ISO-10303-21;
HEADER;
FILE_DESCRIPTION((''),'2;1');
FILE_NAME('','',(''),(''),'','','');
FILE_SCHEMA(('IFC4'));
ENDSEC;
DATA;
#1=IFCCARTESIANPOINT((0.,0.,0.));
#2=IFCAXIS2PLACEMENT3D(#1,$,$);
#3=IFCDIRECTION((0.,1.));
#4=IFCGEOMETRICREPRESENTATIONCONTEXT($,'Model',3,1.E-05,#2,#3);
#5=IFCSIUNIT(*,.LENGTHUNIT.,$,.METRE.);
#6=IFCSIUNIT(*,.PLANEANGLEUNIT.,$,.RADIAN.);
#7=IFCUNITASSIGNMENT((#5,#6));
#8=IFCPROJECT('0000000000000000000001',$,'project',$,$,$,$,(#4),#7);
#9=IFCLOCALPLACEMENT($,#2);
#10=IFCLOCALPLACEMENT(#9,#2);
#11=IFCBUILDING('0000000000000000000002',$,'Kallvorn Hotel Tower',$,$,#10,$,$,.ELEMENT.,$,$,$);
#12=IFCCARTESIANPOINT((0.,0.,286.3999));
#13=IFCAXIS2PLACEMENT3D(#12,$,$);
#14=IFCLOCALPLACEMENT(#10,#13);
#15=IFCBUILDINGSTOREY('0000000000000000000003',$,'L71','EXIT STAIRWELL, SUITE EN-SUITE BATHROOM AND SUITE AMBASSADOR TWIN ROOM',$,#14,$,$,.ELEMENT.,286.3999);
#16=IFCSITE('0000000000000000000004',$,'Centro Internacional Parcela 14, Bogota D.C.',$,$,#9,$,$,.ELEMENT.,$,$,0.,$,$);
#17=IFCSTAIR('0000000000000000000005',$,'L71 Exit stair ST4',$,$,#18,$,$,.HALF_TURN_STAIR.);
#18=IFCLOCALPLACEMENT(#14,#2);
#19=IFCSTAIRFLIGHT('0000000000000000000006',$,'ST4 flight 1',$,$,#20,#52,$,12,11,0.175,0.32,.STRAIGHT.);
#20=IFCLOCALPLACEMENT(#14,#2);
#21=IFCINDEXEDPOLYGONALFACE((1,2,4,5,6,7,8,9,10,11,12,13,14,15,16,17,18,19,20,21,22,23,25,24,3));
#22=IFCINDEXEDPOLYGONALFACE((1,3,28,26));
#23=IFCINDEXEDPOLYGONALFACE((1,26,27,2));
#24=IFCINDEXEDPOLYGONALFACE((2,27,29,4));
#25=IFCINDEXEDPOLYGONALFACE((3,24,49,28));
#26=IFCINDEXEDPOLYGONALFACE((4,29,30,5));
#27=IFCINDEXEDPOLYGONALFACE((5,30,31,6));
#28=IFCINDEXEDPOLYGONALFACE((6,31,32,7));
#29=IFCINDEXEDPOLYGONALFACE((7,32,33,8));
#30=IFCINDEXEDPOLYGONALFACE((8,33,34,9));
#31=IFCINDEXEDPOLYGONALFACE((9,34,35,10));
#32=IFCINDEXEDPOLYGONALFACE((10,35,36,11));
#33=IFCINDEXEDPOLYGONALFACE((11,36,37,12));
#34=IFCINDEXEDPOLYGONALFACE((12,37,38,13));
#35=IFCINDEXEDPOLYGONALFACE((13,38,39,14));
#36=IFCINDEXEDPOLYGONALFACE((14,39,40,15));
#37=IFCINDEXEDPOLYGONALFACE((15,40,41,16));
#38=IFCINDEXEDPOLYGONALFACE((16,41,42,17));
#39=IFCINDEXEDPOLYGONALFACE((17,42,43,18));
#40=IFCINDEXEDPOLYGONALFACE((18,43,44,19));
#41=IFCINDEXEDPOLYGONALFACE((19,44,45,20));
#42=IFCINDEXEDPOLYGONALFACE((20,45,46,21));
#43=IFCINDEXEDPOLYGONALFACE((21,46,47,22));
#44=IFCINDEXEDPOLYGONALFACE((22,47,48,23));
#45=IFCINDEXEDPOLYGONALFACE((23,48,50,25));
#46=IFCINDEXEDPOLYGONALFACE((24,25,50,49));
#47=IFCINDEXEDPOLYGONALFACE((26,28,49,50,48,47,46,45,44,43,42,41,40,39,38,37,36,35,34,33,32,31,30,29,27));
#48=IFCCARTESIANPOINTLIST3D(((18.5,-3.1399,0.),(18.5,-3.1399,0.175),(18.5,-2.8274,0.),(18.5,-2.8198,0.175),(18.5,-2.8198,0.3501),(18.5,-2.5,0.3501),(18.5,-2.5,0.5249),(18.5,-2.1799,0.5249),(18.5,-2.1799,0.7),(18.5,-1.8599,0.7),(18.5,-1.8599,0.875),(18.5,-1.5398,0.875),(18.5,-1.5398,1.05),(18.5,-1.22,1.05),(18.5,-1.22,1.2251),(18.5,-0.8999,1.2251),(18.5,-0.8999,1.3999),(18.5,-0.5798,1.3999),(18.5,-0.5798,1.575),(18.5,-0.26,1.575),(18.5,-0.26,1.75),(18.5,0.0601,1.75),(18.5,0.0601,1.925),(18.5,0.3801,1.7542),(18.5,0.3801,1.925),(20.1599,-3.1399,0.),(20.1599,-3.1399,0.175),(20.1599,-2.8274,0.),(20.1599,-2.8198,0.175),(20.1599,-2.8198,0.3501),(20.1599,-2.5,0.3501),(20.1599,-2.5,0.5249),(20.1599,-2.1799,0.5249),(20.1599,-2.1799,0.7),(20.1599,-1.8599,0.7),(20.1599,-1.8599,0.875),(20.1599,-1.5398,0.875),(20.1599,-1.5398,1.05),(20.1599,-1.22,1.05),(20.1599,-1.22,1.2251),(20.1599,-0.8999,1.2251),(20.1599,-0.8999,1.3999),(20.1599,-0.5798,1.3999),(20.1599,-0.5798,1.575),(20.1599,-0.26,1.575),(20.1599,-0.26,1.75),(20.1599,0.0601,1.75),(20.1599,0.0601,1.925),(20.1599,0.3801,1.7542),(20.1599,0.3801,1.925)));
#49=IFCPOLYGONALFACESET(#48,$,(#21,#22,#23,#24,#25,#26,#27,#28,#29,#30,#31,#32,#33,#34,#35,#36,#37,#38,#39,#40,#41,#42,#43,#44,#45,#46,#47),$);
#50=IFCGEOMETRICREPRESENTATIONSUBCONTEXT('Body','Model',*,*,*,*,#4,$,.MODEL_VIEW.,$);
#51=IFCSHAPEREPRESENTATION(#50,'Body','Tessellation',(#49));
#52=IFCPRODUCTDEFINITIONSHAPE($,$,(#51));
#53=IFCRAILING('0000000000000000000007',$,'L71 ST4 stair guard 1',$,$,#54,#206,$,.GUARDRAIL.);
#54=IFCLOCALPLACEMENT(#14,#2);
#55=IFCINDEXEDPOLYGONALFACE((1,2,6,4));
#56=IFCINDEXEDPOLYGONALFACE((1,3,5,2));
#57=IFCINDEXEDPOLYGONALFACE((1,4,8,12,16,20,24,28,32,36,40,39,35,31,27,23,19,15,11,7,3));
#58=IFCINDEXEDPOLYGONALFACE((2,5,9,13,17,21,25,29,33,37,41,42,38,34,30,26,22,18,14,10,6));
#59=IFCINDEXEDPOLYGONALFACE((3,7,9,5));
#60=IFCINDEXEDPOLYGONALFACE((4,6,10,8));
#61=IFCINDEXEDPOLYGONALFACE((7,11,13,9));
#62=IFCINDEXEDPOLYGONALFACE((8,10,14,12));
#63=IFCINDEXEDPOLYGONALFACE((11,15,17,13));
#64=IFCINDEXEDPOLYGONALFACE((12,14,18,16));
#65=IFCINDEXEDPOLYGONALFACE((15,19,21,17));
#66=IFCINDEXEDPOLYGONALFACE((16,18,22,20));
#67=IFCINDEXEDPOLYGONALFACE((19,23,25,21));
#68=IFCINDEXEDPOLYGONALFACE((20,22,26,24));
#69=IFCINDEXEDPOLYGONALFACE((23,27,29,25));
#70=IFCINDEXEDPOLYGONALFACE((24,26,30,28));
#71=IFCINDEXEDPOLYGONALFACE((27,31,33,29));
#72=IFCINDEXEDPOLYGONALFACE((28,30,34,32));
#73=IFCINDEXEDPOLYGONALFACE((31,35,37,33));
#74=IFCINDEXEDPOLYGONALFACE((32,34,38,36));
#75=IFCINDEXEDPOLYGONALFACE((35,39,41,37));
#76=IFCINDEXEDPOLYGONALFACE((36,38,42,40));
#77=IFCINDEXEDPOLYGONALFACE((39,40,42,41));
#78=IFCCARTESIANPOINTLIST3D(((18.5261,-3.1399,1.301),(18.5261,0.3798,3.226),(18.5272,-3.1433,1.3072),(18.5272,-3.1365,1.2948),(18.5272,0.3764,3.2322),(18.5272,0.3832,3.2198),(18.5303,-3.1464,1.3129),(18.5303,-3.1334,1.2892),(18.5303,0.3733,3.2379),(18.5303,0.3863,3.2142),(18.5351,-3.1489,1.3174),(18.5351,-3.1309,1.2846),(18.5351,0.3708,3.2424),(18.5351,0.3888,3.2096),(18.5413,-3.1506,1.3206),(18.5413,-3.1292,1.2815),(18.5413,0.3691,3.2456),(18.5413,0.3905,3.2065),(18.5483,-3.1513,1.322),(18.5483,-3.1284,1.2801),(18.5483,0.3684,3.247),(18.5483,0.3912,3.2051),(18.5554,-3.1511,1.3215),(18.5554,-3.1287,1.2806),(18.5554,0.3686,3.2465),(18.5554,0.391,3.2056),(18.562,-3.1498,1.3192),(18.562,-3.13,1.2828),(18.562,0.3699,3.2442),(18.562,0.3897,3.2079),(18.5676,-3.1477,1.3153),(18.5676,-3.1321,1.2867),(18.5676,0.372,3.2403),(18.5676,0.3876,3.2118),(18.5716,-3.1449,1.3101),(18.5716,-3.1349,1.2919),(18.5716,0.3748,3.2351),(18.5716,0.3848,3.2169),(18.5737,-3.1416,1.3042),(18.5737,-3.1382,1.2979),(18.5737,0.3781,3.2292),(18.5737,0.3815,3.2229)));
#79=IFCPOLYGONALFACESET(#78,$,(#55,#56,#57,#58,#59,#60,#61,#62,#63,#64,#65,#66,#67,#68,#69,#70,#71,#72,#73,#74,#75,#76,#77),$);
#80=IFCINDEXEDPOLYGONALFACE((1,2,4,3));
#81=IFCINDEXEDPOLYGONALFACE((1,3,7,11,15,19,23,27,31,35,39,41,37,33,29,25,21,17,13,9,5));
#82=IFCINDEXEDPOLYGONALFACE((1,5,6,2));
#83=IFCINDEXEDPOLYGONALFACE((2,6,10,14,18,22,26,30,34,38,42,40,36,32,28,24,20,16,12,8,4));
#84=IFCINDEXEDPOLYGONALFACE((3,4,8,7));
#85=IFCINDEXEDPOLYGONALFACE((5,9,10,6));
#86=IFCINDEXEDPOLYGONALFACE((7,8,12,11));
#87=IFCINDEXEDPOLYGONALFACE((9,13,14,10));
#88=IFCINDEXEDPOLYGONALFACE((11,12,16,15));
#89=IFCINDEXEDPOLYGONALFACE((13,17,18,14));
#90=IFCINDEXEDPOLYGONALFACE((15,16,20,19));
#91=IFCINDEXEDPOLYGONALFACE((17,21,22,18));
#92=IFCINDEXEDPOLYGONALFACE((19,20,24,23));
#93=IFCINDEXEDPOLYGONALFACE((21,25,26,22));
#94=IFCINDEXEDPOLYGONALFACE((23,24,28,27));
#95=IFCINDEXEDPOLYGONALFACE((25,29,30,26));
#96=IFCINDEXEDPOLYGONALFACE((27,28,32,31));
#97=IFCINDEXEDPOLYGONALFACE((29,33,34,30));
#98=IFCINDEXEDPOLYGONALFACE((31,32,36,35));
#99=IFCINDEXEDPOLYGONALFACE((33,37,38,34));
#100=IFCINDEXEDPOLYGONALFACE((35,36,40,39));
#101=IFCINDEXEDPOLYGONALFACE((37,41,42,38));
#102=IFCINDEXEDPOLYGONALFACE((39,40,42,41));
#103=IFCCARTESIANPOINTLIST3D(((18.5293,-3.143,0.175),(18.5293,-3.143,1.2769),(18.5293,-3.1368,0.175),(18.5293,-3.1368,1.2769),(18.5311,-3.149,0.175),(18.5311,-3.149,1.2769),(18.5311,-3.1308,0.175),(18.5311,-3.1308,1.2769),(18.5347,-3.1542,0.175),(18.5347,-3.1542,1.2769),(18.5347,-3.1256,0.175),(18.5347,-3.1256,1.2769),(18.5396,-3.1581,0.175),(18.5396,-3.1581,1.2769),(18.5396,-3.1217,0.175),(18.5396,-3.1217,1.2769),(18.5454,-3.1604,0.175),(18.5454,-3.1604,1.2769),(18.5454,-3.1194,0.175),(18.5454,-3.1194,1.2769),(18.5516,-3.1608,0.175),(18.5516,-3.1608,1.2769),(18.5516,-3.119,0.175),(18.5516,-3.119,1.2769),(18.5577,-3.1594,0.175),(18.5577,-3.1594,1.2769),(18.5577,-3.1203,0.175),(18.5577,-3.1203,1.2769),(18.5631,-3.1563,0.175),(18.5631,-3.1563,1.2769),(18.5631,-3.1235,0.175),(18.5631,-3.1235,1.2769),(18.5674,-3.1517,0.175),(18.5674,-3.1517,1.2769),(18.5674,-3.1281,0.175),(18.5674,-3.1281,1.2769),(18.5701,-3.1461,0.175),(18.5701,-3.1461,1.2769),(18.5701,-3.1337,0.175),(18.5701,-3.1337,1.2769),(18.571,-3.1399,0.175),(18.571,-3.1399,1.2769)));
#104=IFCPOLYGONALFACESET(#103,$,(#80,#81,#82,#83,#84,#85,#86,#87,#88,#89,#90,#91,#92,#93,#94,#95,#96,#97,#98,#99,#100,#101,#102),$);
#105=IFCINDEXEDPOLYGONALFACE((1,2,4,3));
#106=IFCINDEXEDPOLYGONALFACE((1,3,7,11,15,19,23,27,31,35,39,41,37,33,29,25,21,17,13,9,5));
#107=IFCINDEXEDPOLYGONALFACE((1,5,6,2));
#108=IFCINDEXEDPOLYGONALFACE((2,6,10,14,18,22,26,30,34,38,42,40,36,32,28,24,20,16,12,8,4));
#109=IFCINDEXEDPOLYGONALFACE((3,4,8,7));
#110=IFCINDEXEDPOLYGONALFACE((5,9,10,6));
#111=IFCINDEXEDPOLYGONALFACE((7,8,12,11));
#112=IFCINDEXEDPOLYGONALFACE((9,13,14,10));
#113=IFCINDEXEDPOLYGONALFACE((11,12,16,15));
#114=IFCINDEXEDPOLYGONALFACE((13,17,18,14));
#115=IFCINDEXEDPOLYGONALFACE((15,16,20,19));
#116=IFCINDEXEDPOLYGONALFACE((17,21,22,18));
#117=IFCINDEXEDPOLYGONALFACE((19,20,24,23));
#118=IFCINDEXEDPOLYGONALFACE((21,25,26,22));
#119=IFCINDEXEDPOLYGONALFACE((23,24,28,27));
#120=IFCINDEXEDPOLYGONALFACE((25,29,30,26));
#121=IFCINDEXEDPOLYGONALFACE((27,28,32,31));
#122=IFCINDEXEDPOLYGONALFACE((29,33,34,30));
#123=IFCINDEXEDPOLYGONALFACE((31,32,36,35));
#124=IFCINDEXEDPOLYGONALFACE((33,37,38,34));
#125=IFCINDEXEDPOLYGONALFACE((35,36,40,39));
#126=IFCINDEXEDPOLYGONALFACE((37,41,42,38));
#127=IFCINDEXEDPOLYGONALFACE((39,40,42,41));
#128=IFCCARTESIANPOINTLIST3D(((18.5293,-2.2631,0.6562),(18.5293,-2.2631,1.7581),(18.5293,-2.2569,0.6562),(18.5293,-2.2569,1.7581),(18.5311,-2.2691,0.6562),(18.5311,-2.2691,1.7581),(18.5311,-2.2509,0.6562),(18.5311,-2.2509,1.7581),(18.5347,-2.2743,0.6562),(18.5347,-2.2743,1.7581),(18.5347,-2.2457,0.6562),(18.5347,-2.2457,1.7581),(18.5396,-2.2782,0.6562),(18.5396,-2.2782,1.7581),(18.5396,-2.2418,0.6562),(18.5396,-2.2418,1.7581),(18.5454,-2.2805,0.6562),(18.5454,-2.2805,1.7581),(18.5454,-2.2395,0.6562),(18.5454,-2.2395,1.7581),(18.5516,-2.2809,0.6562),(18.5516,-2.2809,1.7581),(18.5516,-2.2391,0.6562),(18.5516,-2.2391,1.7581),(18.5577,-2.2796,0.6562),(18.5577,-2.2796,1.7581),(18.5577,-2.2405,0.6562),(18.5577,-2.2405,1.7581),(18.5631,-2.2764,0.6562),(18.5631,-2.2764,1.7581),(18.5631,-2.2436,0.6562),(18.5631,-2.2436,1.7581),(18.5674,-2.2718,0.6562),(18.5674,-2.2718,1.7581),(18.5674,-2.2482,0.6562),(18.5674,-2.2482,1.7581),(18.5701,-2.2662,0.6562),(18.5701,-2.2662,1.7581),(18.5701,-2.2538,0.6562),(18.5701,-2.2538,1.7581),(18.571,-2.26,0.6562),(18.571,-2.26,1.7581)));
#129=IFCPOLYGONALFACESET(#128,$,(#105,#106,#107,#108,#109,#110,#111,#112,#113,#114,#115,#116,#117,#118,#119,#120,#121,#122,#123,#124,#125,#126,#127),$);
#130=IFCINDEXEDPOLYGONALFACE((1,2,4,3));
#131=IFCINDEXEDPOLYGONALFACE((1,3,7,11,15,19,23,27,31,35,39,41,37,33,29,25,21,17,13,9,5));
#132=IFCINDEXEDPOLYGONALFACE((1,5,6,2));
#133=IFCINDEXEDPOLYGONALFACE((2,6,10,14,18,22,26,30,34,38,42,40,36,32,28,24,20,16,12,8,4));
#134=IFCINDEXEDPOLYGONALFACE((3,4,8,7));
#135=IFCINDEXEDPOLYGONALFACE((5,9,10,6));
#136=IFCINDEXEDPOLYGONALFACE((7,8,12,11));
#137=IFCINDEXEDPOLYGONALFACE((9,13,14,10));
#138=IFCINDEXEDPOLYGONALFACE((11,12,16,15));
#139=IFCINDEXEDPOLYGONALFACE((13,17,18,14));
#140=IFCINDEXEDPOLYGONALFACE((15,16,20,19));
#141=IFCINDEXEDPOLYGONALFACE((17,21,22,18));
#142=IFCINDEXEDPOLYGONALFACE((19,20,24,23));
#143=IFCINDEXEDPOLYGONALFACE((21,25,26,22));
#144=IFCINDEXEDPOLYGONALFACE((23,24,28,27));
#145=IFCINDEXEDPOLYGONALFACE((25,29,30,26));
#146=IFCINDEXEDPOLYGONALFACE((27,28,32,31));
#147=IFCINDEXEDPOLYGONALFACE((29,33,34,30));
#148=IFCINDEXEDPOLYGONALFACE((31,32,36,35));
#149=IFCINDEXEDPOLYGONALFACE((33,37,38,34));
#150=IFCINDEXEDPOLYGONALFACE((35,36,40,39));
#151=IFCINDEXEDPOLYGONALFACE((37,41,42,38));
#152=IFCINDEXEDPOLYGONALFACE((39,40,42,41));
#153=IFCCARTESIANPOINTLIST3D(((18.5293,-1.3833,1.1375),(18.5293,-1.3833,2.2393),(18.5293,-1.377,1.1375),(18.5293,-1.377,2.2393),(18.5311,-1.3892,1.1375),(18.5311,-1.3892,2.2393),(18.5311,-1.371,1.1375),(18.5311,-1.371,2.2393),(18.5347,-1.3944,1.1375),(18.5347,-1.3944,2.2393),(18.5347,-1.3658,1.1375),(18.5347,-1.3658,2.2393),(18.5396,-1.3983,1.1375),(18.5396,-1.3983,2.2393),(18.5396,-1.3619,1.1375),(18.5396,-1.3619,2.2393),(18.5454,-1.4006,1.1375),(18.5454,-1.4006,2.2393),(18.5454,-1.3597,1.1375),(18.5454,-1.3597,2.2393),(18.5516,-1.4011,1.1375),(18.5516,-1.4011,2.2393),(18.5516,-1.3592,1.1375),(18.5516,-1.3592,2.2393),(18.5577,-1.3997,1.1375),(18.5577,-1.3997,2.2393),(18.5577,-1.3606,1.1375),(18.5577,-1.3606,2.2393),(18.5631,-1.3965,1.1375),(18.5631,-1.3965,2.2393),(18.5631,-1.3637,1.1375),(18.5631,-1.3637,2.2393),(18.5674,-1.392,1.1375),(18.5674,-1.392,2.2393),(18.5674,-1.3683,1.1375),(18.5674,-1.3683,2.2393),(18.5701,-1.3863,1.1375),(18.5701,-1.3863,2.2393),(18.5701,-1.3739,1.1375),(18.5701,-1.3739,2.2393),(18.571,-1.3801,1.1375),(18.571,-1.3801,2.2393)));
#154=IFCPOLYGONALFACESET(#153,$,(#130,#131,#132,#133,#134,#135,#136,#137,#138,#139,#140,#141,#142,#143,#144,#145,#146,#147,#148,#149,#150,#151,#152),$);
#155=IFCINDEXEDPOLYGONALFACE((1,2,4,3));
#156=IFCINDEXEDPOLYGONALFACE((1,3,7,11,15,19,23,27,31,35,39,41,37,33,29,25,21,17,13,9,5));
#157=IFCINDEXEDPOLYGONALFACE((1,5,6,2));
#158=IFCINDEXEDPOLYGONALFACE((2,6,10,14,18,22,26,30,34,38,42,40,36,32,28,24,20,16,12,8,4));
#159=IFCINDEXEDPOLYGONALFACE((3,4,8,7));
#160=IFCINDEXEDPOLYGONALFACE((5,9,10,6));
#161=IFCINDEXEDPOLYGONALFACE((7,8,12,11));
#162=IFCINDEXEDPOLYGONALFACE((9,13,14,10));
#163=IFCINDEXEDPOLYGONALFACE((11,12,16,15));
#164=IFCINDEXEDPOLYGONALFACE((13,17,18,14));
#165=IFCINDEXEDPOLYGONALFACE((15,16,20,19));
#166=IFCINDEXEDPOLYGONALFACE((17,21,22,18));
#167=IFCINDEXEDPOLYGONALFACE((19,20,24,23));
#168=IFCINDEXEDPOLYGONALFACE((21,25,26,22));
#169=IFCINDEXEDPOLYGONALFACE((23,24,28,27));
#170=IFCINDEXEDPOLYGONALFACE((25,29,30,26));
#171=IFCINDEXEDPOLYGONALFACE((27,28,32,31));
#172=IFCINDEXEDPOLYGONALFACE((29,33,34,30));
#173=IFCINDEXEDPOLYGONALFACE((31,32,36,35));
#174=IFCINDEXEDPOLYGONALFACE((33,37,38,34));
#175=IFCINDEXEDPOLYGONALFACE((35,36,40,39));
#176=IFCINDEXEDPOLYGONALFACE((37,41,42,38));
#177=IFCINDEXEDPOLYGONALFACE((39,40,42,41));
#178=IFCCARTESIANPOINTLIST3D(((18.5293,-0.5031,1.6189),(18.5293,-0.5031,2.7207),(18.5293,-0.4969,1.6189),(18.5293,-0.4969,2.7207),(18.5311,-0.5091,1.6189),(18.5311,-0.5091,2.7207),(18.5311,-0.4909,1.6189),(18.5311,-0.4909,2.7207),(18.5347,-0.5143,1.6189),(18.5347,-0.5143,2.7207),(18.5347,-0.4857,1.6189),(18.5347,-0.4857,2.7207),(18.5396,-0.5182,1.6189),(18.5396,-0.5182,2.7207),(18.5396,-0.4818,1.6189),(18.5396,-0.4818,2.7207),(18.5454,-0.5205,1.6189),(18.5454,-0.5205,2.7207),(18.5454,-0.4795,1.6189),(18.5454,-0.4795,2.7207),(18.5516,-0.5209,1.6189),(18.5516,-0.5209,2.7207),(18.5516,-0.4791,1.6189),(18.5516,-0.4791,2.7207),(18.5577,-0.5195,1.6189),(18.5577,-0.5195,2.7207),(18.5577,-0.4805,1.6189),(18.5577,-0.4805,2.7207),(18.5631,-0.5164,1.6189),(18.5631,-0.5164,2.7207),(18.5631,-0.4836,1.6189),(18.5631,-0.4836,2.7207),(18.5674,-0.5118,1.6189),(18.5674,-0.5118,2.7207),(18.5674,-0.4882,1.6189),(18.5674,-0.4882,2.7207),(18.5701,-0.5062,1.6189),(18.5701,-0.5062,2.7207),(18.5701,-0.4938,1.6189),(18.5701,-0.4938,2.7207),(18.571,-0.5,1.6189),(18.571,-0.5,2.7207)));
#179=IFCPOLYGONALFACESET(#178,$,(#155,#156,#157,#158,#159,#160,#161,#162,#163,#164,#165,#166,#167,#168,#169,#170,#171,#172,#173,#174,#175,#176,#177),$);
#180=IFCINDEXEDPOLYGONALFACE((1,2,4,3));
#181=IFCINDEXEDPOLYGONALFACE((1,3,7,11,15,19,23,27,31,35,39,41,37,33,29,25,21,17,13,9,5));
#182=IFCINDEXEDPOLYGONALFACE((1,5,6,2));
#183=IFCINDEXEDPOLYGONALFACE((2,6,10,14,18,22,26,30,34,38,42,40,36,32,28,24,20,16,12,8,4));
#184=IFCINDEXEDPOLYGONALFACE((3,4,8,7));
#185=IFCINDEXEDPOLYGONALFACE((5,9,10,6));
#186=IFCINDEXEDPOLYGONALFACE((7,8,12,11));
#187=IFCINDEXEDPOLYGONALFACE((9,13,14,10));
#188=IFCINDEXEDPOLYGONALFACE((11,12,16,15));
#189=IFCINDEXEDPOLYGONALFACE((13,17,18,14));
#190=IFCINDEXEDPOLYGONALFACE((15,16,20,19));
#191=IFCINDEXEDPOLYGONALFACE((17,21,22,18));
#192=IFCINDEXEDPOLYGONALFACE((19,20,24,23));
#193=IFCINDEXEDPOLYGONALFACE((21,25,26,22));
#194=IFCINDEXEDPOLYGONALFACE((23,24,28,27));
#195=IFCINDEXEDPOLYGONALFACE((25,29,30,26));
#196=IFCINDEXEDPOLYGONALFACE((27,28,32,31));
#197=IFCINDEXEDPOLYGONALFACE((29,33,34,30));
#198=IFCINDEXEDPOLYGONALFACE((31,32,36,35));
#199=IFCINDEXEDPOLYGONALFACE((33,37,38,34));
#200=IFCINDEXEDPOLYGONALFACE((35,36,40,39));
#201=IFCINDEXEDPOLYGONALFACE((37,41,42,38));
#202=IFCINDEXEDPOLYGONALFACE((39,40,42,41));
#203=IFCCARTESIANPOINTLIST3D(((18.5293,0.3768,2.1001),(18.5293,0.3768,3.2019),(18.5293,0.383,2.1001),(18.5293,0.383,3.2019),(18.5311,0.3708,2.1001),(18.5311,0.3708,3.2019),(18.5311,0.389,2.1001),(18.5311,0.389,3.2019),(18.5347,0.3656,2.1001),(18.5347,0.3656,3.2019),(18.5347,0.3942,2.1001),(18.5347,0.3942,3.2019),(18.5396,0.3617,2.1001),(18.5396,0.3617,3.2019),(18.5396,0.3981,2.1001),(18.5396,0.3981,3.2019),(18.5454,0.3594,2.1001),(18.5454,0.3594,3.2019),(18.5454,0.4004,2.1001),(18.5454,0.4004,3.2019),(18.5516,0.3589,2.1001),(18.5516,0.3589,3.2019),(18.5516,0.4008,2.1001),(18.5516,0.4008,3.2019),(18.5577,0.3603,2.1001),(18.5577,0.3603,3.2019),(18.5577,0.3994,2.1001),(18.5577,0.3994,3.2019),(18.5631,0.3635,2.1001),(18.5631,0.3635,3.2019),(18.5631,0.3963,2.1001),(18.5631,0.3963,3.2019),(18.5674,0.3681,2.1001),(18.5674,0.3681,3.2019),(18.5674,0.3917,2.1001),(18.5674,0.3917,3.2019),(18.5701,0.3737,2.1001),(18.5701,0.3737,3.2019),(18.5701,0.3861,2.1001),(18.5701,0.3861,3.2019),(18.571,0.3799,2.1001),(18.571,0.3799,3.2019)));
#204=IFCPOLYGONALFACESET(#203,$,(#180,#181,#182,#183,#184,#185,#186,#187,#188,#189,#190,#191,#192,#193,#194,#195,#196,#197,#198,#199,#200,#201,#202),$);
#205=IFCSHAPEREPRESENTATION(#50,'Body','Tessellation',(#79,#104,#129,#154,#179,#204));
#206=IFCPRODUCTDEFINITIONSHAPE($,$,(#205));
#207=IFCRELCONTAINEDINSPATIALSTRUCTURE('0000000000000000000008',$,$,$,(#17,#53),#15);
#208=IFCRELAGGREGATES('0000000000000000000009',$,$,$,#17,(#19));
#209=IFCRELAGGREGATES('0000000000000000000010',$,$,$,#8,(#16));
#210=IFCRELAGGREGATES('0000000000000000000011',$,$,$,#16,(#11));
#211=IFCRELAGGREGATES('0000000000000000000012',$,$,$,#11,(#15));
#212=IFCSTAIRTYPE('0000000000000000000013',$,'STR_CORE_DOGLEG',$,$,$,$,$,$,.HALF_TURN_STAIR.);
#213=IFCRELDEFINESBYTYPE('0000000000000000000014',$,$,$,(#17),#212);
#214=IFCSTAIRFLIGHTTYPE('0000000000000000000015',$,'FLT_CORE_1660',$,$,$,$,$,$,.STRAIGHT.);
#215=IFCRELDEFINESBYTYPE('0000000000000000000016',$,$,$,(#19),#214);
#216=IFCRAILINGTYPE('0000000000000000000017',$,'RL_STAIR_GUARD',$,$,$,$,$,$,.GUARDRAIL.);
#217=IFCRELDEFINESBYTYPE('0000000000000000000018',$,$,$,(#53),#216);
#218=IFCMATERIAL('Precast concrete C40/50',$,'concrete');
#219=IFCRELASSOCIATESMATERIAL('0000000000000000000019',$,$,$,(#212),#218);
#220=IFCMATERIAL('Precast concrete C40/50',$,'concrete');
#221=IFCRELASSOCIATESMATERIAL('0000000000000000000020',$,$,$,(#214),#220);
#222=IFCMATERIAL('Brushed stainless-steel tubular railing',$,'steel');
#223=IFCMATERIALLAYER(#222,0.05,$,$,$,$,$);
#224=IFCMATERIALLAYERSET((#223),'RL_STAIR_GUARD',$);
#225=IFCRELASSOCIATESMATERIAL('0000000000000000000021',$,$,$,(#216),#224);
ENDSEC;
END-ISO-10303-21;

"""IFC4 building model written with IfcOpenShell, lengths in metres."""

from ifc_helpers import new_model, si_unit, direction, frame, origin, origin_2d, place, context, subcontext, project, spatial, polyline, circle, outline, extrude, material, layer, layer_set, type_object, element, aggregate, save


model = new_model("IFC4")

# Units and contexts
model_context = context("Model", 3, precision=1e-05, world=origin(), true_north=direction((0.0, 1.0)))
body_context = subcontext(model_context, "Body", "Model", "MODEL_VIEW")
ifc_project = project(units=[si_unit("LENGTHUNIT", "METRE"), si_unit("PLANEANGLEUNIT", "RADIAN")], contexts=[model_context])

# Site, building, storey
site_placement = place(None, origin())
site = spatial("IfcSite", under=ifc_project, at=site_placement, Name="Centro Internacional Parcela 14, Bogota D.C.", CompositionType="ELEMENT", RefElevation=0.0)
building_placement = place(site_placement, origin())
building = spatial("IfcBuilding", under=site, at=building_placement, Name="Kallvorn Hotel Tower", CompositionType="ELEMENT")
storey_placement = place(building_placement, frame((0.0, 0.0, 286.3999)))
storey = spatial("IfcBuildingStorey", under=building, at=storey_placement, Name="L71", Description="EXIT STAIRWELL, SUITE EN-SUITE BATHROOM AND SUITE AMBASSADOR TWIN ROOM", CompositionType="ELEMENT", Elevation=286.3999)

# Stair, stair flight
ifc_material_1 = material(Name="Precast concrete C40/50", Category="concrete")
stair_type = type_object("IfcStairType", Name="STR_CORE_DOGLEG", PredefinedType="HALF_TURN_STAIR", material=ifc_material_1)
stair_placement = place(storey_placement, origin())
stair = element("IfcStair", 1, at=stair_placement, inside=storey, type_object=stair_type, Name="L71 Exit stair ST4", PredefinedType="HALF_TURN_STAIR")
ifc_material_2 = material(Name="Precast concrete C40/50", Category="concrete")
stair_flight_type = type_object("IfcStairFlightType", Name="FLT_CORE_1660", PredefinedType="STRAIGHT", material=ifc_material_2)
stair_flight_placement = place(storey_placement, frame((19.3301, -3.1399, 0.0), z_axis=(0.0, 0.0, 1.0), x_axis=(0.0, 1.0, 0.0)))
stair_flight = element("IfcStairFlight", 2, at=stair_flight_placement, type_object=stair_flight_type, Name="ST4 flight 1", NumberOfRisers=12, NumberOfTreads=11, PredefinedType="STRAIGHT", RiserHeight=0.175, TreadLength=0.32, context=body_context, shape_type="SweptSolid", body=[
    extrude(outline(polyline([(0.0, 0.0), (0.0, 0.175), (0.3201, 0.175), (0.3201, 0.3501), (0.6399, 0.3501), (0.6399, 0.5249), (0.96, 0.5249), (0.96, 0.7), (1.28, 0.7), (1.28, 0.875), (1.6001, 0.875), (1.6001, 1.05), (1.9199, 1.05), (1.9199, 1.2251), (2.24, 1.2251), (2.24, 1.3999), (2.5601, 1.3999), (2.5601, 1.575), (2.8799, 1.575), (2.8799, 1.75), (3.2, 1.75), (3.2, 1.925), (3.52, 1.925), (3.52, 2.1001), (3.52, 1.7542), (0.3125, 0.0), (0.0, 0.0)])), frame((0.0, 0.8301, 0.0), z_axis=(0.0, -1.0, 0.0), x_axis=(1.0, 0.0, 0.0)), (0.0, 0.0, 1.0), 1.6599),
])
aggregate(stair, [stair_flight])

# Railing
ifc_material_3 = material(Name="Brushed stainless-steel tubular railing", Category="steel")
ifc_layer_1 = layer(ifc_material_3, 0.05)
ifc_layer_set_1 = layer_set([ifc_layer_1], Name="RL_STAIR_GUARD")
railing_type_1 = type_object("IfcRailingType", Name="RL_STAIR_GUARD", PredefinedType="GUARDRAIL", material=ifc_layer_set_1)
railing_1_placement = place(storey_placement, frame((18.55, -3.1399, 0.175)))
element("IfcRailing", 3, at=railing_1_placement, inside=storey, type_object=railing_type_1, Name="L71 ST4 stair guard 1", PredefinedType="GUARDRAIL", context=body_context, shape_type="SweptSolid", body=[
    extrude(circle(Radius=0.0239, at=origin_2d()), frame((0.0, 0.0, 1.126), z_axis=(0.0, 0.877353, 0.479845), x_axis=(-1.0, 0.0, 0.0)), (0.0, 0.0, 1.0), 4.0117),
    extrude(circle(Radius=0.021, at=origin_2d()), origin(), (0.0, 0.0, 1.0), 1.1018),
    extrude(circle(Radius=0.021, at=origin_2d()), frame((0.0, 0.8799, 0.4812)), (0.0, 0.0, 1.0), 1.1018),
    extrude(circle(Radius=0.021, at=origin_2d()), frame((0.0, 1.7598, 0.9624)), (0.0, 0.0, 1.0), 1.1018),
    extrude(circle(Radius=0.021, at=origin_2d()), frame((0.0, 2.6399, 1.4438)), (0.0, 0.0, 1.0), 1.1018),
    extrude(circle(Radius=0.021, at=origin_2d()), frame((0.0, 3.5198, 1.925)), (0.0, 0.0, 1.0), 1.1018),
])

save(model, "model.ifc")
